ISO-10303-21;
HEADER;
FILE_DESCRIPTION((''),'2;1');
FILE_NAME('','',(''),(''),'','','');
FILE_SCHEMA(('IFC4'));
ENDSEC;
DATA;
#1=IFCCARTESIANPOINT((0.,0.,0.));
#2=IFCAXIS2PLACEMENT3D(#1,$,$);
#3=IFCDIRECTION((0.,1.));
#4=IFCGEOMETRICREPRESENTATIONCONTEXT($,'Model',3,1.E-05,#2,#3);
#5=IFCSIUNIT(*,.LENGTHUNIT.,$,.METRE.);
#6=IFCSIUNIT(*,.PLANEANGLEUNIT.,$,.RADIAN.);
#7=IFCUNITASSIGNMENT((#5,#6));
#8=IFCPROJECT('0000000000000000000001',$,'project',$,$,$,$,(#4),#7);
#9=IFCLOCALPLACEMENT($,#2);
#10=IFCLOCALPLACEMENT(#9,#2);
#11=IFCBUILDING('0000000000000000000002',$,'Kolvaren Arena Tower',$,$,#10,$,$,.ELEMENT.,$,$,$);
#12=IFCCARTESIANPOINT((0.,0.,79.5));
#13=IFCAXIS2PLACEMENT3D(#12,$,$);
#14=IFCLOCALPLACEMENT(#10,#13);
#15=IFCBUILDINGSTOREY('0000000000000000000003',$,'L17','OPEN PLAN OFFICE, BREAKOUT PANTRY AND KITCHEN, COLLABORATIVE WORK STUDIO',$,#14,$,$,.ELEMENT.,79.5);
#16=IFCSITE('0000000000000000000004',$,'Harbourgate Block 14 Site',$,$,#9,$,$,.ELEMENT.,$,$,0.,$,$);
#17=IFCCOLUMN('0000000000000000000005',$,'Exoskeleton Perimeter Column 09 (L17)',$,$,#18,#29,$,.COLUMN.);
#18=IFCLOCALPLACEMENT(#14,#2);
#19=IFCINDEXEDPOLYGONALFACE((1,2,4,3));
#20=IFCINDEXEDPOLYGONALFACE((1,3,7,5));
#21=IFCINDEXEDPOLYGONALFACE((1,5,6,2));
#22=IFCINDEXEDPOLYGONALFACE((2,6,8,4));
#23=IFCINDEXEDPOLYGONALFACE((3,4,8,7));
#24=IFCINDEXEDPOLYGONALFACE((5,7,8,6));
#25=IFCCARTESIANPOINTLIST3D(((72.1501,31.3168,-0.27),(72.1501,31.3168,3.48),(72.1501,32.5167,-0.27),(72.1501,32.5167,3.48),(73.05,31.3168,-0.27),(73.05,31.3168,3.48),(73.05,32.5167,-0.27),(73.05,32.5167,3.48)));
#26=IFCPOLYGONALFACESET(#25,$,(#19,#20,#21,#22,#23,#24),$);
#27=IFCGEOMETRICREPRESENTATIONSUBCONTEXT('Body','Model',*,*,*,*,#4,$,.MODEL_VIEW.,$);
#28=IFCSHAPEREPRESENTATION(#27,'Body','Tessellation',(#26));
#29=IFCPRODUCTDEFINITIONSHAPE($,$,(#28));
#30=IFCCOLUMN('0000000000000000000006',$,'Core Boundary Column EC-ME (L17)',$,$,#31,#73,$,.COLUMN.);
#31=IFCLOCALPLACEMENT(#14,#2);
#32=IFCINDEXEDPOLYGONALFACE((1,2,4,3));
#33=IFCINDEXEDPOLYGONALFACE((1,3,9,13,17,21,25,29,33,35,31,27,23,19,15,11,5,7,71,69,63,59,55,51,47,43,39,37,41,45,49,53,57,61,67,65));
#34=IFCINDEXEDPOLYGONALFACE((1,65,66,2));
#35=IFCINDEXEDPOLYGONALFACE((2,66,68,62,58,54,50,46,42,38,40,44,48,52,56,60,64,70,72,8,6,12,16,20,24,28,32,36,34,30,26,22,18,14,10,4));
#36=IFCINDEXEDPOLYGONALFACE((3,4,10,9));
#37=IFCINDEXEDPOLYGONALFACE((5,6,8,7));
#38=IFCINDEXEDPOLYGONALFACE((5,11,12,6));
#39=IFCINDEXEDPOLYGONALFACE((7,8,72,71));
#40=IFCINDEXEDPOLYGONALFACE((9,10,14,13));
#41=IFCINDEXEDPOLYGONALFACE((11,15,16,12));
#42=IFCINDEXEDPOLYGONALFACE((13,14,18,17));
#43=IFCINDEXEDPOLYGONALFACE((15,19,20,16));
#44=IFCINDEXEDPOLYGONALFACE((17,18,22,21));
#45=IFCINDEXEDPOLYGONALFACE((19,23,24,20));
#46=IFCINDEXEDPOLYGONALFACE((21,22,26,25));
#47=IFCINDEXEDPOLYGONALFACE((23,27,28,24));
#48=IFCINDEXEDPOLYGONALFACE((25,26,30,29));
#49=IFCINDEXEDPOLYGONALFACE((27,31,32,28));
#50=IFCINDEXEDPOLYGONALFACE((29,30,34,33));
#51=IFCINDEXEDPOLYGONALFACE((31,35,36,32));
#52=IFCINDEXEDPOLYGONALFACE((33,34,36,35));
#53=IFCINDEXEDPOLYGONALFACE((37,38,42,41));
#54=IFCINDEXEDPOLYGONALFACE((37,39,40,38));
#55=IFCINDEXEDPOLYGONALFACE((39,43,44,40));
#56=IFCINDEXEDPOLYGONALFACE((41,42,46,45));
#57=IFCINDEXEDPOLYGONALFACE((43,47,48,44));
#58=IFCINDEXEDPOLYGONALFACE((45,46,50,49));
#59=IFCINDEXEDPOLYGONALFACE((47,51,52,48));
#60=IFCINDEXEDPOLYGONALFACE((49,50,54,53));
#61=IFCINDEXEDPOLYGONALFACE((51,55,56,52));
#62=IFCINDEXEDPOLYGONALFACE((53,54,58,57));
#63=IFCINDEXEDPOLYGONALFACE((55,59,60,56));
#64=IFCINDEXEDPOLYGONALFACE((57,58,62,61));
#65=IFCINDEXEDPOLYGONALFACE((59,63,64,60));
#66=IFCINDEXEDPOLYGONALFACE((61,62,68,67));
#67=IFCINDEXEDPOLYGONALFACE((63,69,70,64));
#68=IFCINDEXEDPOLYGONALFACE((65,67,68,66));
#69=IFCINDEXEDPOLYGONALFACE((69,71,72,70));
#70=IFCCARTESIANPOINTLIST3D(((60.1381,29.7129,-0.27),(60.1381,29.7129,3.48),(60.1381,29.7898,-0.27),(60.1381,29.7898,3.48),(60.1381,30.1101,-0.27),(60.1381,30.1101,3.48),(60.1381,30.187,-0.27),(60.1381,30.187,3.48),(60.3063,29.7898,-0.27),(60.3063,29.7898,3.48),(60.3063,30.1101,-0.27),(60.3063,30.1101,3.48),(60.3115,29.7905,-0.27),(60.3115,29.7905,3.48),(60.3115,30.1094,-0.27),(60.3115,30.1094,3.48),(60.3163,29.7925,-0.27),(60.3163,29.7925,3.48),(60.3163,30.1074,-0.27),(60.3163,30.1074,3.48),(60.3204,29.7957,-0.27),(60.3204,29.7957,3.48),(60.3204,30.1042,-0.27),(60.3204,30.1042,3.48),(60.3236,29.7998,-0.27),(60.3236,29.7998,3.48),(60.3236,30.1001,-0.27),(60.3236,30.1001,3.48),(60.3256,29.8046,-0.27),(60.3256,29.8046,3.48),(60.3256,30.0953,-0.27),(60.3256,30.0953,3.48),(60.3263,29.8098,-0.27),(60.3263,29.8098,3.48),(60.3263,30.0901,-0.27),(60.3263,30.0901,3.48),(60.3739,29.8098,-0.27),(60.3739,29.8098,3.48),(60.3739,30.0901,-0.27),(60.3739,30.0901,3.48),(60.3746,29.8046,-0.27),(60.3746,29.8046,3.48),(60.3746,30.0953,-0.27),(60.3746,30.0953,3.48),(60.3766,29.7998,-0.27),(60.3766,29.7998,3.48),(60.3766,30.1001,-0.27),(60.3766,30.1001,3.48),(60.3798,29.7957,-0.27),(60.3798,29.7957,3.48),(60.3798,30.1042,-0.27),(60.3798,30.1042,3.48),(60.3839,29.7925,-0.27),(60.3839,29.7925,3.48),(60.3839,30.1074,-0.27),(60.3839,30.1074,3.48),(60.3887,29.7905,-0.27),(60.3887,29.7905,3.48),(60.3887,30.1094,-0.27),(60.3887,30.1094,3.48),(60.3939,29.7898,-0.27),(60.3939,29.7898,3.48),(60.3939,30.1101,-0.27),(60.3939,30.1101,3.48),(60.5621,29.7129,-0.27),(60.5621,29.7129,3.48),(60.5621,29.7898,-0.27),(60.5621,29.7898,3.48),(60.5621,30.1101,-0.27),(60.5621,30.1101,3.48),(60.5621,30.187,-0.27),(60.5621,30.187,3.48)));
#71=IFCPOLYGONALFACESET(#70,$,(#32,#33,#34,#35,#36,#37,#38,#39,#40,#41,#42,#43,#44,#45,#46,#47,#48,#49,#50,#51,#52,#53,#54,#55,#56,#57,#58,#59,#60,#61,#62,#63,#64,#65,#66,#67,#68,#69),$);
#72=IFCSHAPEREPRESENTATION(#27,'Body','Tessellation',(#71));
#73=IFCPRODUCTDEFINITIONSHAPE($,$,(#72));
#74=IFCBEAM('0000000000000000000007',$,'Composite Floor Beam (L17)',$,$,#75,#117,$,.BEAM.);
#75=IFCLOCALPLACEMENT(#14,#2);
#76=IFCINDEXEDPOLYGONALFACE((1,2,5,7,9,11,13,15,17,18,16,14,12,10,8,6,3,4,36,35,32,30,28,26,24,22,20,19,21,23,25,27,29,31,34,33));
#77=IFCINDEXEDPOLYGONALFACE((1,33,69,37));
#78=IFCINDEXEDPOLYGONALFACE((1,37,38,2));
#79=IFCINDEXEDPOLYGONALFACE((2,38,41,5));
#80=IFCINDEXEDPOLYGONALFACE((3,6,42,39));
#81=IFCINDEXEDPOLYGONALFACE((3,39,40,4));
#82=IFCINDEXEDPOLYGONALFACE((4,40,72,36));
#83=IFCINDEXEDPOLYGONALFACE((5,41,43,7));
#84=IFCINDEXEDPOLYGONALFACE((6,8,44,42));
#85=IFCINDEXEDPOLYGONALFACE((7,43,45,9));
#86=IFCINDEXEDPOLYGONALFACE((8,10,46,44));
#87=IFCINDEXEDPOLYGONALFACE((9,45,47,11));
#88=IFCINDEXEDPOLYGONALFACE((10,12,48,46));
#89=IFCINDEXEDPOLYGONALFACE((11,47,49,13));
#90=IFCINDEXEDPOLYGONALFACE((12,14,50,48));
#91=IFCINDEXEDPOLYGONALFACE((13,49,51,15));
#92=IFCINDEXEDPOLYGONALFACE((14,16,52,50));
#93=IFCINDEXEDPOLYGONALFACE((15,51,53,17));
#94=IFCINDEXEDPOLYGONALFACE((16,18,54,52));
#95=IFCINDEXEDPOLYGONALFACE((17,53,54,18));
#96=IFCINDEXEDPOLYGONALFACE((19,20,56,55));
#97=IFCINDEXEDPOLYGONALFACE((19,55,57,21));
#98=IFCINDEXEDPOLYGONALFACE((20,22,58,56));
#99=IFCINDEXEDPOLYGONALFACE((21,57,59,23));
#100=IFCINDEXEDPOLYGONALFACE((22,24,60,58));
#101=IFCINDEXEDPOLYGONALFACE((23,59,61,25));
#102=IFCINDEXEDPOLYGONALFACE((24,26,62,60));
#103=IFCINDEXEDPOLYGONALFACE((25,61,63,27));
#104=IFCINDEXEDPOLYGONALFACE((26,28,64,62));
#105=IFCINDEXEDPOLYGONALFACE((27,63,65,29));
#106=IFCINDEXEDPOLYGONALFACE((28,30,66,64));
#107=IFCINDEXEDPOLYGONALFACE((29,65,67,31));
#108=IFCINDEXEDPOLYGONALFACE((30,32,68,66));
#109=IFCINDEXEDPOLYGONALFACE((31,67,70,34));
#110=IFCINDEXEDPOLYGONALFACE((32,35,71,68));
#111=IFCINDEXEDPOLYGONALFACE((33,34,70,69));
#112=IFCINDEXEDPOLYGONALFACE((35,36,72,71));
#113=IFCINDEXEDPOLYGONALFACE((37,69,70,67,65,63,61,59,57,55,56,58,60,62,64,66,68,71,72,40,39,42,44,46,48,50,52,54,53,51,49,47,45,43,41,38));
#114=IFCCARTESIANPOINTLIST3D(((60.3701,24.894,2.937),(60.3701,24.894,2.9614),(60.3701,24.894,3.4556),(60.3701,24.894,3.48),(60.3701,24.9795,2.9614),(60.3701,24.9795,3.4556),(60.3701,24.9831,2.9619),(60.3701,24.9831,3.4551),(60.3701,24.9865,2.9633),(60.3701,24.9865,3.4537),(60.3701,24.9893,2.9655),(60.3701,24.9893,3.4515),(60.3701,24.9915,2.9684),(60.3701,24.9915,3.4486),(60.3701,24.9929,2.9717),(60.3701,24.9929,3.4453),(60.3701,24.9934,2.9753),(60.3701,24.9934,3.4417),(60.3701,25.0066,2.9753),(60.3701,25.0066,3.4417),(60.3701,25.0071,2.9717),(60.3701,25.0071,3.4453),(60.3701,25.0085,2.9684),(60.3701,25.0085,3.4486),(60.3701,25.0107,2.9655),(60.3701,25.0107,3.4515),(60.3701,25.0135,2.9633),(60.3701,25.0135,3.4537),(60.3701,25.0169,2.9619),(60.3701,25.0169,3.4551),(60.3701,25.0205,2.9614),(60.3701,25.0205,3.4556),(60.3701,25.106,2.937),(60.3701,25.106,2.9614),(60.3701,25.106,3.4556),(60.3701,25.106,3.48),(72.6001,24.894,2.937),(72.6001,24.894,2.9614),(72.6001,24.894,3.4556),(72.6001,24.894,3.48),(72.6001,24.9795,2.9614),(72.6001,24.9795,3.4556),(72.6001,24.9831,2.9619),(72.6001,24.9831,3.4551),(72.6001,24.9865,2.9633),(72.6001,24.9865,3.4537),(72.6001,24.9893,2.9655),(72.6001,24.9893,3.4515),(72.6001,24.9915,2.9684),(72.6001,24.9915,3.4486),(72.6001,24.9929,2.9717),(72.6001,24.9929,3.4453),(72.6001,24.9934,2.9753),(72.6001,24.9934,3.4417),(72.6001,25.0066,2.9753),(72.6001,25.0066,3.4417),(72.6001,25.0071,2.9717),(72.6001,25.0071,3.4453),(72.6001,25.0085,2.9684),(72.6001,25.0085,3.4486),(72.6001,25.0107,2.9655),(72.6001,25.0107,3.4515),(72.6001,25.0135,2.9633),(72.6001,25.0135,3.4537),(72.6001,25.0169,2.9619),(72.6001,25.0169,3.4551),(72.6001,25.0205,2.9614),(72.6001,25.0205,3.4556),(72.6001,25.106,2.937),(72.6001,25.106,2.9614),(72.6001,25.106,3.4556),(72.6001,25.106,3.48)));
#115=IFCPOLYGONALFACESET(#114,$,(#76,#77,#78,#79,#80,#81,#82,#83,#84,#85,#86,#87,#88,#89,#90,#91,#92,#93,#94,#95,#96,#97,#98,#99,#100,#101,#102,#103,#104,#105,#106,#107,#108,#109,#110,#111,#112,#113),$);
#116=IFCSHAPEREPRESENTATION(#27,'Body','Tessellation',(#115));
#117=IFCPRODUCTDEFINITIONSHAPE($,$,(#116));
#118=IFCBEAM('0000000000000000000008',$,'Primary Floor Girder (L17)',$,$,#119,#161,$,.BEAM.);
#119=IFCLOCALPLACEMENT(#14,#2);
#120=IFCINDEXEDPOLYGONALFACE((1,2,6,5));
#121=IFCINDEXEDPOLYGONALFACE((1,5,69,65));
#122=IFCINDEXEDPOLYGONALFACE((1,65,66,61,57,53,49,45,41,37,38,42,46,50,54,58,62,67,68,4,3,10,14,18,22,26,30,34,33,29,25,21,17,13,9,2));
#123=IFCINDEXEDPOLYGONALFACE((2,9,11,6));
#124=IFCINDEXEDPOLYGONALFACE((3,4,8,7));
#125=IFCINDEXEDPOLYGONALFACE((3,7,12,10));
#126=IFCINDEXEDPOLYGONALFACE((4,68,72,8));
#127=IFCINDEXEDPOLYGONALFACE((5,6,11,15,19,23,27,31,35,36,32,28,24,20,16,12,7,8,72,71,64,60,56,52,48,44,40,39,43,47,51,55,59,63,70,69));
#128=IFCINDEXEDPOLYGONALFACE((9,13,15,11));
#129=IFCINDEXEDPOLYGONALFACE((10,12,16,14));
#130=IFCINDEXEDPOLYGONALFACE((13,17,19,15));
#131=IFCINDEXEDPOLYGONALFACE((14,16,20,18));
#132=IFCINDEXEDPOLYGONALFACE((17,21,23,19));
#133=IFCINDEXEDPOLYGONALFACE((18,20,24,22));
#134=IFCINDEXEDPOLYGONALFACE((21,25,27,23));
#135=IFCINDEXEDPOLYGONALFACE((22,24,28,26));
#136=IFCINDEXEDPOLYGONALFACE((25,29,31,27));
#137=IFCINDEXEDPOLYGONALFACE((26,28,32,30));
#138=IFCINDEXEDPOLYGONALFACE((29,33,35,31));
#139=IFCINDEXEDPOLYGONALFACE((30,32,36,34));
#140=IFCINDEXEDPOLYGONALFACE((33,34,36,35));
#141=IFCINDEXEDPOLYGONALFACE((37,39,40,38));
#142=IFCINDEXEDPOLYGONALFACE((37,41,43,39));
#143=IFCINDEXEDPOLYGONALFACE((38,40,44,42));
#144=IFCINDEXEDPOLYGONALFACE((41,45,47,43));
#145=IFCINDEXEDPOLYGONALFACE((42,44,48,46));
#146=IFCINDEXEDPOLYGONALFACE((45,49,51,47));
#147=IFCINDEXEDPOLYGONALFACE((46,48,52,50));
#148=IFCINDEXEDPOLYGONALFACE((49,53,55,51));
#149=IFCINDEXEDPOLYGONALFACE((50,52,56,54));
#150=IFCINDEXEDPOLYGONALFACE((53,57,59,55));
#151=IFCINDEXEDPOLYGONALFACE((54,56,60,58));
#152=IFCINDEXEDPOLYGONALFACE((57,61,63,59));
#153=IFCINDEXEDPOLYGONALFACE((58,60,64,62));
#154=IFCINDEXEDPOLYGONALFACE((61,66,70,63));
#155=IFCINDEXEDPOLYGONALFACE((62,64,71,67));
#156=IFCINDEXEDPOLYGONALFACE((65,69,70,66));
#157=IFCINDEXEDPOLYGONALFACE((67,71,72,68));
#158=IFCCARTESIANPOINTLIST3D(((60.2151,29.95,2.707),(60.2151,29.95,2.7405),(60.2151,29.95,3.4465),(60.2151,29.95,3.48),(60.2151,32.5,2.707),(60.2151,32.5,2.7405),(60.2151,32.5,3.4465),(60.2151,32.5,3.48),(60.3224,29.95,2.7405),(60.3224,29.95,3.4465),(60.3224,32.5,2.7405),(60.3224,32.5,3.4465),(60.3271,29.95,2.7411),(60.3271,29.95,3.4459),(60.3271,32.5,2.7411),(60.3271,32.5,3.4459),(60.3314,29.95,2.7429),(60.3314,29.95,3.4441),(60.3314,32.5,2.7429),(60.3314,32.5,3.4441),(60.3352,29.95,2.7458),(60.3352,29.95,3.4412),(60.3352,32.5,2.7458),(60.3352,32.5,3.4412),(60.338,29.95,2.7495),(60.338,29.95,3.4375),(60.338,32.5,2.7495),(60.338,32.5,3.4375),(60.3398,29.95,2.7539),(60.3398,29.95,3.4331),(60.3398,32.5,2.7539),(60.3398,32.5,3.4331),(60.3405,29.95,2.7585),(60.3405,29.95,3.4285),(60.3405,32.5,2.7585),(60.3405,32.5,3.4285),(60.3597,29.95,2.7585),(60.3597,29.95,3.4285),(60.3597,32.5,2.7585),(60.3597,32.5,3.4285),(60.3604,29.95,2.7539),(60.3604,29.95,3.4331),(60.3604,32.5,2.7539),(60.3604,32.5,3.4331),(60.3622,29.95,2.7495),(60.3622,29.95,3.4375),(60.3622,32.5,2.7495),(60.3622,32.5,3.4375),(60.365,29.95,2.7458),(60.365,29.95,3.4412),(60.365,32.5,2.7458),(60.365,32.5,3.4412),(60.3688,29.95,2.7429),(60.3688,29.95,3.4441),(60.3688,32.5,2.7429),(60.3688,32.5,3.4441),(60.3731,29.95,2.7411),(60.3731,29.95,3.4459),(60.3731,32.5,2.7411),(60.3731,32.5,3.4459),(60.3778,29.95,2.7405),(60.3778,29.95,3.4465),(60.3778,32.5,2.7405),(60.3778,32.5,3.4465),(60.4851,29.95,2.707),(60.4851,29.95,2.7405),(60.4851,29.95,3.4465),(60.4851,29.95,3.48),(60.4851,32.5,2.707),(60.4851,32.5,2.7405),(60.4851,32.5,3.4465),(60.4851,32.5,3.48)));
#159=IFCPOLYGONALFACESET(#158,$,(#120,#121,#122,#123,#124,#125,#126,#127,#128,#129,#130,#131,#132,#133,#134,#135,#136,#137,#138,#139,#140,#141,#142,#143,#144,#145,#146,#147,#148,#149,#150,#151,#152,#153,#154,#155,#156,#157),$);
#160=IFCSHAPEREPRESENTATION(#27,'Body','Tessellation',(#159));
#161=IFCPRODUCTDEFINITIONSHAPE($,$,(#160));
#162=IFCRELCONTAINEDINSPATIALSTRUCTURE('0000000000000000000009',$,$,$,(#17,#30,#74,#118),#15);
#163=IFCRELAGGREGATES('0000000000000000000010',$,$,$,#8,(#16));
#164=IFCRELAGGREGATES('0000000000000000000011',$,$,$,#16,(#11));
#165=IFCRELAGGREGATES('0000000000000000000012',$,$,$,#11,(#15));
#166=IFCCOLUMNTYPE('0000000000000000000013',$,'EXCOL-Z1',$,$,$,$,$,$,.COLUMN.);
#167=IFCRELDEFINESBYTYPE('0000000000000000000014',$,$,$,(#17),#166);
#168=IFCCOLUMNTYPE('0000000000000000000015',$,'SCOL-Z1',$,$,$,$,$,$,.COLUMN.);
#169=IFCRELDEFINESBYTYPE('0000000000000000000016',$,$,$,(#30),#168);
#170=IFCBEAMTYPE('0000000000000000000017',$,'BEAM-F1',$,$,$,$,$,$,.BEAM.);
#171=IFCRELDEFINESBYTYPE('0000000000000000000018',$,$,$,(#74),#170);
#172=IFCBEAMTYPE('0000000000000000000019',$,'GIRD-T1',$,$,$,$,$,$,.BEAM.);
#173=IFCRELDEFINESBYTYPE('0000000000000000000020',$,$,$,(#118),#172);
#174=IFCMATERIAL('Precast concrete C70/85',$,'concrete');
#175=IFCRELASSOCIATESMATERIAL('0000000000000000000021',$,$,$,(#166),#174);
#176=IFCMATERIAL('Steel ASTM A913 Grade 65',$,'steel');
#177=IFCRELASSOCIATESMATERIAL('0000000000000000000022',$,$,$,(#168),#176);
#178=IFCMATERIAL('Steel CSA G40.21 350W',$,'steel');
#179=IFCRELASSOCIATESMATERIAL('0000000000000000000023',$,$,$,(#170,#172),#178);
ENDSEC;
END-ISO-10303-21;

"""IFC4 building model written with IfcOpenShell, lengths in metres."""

from ifc_helpers import new_model, si_unit, direction, frame, origin, origin_2d, place, context, subcontext, project, spatial, rectangle, i_section, extrude, material, material_profile, profile_set, type_object, element, save


model = new_model("IFC4")

# Units and contexts
model_context = context("Model", 3, precision=1e-05, world=origin(), true_north=direction((0.0, 1.0)))
body_context = subcontext(model_context, "Body", "Model", "MODEL_VIEW")
ifc_project = project(units=[si_unit("LENGTHUNIT", "METRE"), si_unit("PLANEANGLEUNIT", "RADIAN")], contexts=[model_context])

# Site, building, storey
site_placement = place(None, origin())
site = spatial("IfcSite", under=ifc_project, at=site_placement, Name="Harbourgate Block 14 Site", CompositionType="ELEMENT", RefElevation=0.0)
building_placement = place(site_placement, origin())
building = spatial("IfcBuilding", under=site, at=building_placement, Name="Kolvaren Arena Tower", CompositionType="ELEMENT")
storey_placement = place(building_placement, frame((0.0, 0.0, 79.5)))
storey = spatial("IfcBuildingStorey", under=building, at=storey_placement, Name="L17", Description="OPEN PLAN OFFICE, BREAKOUT PANTRY AND KITCHEN, COLLABORATIVE WORK STUDIO", CompositionType="ELEMENT", Elevation=79.5)

# Columns
ifc_material_1 = material(Name="Precast concrete C70/85", Category="concrete")
ifc_material_profile_1 = material_profile(ifc_material_1, rectangle(XDim=1.2, YDim=0.8999, at=origin_2d()), Name="RC-1200x900")
ifc_profile_set_1 = profile_set([ifc_material_profile_1], Name="Precast concrete C70/85")
column_type_1 = type_object("IfcColumnType", Name="EXCOL-Z1", PredefinedType="COLUMN", material=ifc_profile_set_1)
column_1_placement = place(storey_placement, frame((72.6001, 31.9167, -0.27), z_axis=(0.0, 0.0, 1.0), x_axis=(0.0, 1.0, 0.0)))
element("IfcColumn", 1, at=column_1_placement, inside=storey, type_object=column_type_1, Name="Exoskeleton Perimeter Column 09 (L17)", PredefinedType="COLUMN", context=body_context, shape_type="SweptSolid", body=[
    extrude(rectangle(XDim=1.2, YDim=0.8999, at=origin_2d()), origin(), (0.0, 0.0, 1.0), 3.75),
])
ifc_material_2 = material(Name="Steel ASTM A913 Grade 65", Category="steel")
ifc_material_profile_2 = material_profile(ifc_material_2, i_section(OverallWidth=0.4241, OverallDepth=0.4741, WebThickness=0.0476, FlangeThickness=0.0769, FilletRadius=0.02, at=origin_2d()), Name="W360x634")
ifc_profile_set_2 = profile_set([ifc_material_profile_2], Name="Steel ASTM A913 Grade 65")
column_type_2 = type_object("IfcColumnType", Name="SCOL-Z1", PredefinedType="COLUMN", material=ifc_profile_set_2)
column_2_placement = place(storey_placement, frame((60.3501, 29.95, -0.27), z_axis=(0.0, 0.0, 1.0), x_axis=(1.0, 0.0, 0.0)))
element("IfcColumn", 2, at=column_2_placement, inside=storey, type_object=column_type_2, Name="Core Boundary Column EC-ME (L17)", PredefinedType="COLUMN", context=body_context, shape_type="SweptSolid", body=[
    extrude(i_section(OverallWidth=0.4241, OverallDepth=0.4741, WebThickness=0.0476, FlangeThickness=0.0769, FilletRadius=0.02, at=origin_2d()), origin(), (0.0, 0.0, 1.0), 3.75),
])

# Beams
ifc_material_3 = material(Name="Steel CSA G40.21 350W", Category="steel")
ifc_material_profile_3 = material_profile(ifc_material_3, i_section(OverallWidth=0.2119, OverallDepth=0.543, WebThickness=0.0132, FlangeThickness=0.0244, FilletRadius=0.0139, at=origin_2d()), Name="W530x150")
ifc_profile_set_3 = profile_set([ifc_material_profile_3], Name="Steel CSA G40.21 350W")
beam_type_1 = type_object("IfcBeamType", Name="BEAM-F1", PredefinedType="BEAM", material=ifc_profile_set_3)
beam_1_placement = place(storey_placement, frame((60.3701, 25.0, 3.2085), z_axis=(1.0, 0.0, 0.0), x_axis=(0.0, 1.0, 0.0)))
element("IfcBeam", 3, at=beam_1_placement, inside=storey, type_object=beam_type_1, Name="Composite Floor Beam (L17)", PredefinedType="BEAM", context=body_context, shape_type="SweptSolid", body=[
    extrude(i_section(OverallWidth=0.2119, OverallDepth=0.543, WebThickness=0.0132, FlangeThickness=0.0244, FilletRadius=0.0139, at=origin_2d()), origin(), (0.0, 0.0, 1.0), 12.23),
])
ifc_material_profile_4 = material_profile(ifc_material_3, i_section(OverallWidth=0.27, OverallDepth=0.7729, WebThickness=0.0193, FlangeThickness=0.0334, FilletRadius=0.0181, at=origin_2d()), Name="W760x257")
ifc_profile_set_4 = profile_set([ifc_material_profile_4], Name="Steel CSA G40.21 350W")
beam_type_2 = type_object("IfcBeamType", Name="GIRD-T1", PredefinedType="BEAM", material=ifc_profile_set_4)
beam_2_placement = place(storey_placement, frame((60.3501, 29.95, 3.0935), z_axis=(0.0, 1.0, 0.0), x_axis=(-1.0, 0.0, 0.0)))
element("IfcBeam", 4, at=beam_2_placement, inside=storey, type_object=beam_type_2, Name="Primary Floor Girder (L17)", PredefinedType="BEAM", context=body_context, shape_type="SweptSolid", body=[
    extrude(i_section(OverallWidth=0.27, OverallDepth=0.7729, WebThickness=0.0193, FlangeThickness=0.0334, FilletRadius=0.0181, at=origin_2d()), origin(), (0.0, 0.0, 1.0), 2.55),
])

save(model, "model.ifc")
